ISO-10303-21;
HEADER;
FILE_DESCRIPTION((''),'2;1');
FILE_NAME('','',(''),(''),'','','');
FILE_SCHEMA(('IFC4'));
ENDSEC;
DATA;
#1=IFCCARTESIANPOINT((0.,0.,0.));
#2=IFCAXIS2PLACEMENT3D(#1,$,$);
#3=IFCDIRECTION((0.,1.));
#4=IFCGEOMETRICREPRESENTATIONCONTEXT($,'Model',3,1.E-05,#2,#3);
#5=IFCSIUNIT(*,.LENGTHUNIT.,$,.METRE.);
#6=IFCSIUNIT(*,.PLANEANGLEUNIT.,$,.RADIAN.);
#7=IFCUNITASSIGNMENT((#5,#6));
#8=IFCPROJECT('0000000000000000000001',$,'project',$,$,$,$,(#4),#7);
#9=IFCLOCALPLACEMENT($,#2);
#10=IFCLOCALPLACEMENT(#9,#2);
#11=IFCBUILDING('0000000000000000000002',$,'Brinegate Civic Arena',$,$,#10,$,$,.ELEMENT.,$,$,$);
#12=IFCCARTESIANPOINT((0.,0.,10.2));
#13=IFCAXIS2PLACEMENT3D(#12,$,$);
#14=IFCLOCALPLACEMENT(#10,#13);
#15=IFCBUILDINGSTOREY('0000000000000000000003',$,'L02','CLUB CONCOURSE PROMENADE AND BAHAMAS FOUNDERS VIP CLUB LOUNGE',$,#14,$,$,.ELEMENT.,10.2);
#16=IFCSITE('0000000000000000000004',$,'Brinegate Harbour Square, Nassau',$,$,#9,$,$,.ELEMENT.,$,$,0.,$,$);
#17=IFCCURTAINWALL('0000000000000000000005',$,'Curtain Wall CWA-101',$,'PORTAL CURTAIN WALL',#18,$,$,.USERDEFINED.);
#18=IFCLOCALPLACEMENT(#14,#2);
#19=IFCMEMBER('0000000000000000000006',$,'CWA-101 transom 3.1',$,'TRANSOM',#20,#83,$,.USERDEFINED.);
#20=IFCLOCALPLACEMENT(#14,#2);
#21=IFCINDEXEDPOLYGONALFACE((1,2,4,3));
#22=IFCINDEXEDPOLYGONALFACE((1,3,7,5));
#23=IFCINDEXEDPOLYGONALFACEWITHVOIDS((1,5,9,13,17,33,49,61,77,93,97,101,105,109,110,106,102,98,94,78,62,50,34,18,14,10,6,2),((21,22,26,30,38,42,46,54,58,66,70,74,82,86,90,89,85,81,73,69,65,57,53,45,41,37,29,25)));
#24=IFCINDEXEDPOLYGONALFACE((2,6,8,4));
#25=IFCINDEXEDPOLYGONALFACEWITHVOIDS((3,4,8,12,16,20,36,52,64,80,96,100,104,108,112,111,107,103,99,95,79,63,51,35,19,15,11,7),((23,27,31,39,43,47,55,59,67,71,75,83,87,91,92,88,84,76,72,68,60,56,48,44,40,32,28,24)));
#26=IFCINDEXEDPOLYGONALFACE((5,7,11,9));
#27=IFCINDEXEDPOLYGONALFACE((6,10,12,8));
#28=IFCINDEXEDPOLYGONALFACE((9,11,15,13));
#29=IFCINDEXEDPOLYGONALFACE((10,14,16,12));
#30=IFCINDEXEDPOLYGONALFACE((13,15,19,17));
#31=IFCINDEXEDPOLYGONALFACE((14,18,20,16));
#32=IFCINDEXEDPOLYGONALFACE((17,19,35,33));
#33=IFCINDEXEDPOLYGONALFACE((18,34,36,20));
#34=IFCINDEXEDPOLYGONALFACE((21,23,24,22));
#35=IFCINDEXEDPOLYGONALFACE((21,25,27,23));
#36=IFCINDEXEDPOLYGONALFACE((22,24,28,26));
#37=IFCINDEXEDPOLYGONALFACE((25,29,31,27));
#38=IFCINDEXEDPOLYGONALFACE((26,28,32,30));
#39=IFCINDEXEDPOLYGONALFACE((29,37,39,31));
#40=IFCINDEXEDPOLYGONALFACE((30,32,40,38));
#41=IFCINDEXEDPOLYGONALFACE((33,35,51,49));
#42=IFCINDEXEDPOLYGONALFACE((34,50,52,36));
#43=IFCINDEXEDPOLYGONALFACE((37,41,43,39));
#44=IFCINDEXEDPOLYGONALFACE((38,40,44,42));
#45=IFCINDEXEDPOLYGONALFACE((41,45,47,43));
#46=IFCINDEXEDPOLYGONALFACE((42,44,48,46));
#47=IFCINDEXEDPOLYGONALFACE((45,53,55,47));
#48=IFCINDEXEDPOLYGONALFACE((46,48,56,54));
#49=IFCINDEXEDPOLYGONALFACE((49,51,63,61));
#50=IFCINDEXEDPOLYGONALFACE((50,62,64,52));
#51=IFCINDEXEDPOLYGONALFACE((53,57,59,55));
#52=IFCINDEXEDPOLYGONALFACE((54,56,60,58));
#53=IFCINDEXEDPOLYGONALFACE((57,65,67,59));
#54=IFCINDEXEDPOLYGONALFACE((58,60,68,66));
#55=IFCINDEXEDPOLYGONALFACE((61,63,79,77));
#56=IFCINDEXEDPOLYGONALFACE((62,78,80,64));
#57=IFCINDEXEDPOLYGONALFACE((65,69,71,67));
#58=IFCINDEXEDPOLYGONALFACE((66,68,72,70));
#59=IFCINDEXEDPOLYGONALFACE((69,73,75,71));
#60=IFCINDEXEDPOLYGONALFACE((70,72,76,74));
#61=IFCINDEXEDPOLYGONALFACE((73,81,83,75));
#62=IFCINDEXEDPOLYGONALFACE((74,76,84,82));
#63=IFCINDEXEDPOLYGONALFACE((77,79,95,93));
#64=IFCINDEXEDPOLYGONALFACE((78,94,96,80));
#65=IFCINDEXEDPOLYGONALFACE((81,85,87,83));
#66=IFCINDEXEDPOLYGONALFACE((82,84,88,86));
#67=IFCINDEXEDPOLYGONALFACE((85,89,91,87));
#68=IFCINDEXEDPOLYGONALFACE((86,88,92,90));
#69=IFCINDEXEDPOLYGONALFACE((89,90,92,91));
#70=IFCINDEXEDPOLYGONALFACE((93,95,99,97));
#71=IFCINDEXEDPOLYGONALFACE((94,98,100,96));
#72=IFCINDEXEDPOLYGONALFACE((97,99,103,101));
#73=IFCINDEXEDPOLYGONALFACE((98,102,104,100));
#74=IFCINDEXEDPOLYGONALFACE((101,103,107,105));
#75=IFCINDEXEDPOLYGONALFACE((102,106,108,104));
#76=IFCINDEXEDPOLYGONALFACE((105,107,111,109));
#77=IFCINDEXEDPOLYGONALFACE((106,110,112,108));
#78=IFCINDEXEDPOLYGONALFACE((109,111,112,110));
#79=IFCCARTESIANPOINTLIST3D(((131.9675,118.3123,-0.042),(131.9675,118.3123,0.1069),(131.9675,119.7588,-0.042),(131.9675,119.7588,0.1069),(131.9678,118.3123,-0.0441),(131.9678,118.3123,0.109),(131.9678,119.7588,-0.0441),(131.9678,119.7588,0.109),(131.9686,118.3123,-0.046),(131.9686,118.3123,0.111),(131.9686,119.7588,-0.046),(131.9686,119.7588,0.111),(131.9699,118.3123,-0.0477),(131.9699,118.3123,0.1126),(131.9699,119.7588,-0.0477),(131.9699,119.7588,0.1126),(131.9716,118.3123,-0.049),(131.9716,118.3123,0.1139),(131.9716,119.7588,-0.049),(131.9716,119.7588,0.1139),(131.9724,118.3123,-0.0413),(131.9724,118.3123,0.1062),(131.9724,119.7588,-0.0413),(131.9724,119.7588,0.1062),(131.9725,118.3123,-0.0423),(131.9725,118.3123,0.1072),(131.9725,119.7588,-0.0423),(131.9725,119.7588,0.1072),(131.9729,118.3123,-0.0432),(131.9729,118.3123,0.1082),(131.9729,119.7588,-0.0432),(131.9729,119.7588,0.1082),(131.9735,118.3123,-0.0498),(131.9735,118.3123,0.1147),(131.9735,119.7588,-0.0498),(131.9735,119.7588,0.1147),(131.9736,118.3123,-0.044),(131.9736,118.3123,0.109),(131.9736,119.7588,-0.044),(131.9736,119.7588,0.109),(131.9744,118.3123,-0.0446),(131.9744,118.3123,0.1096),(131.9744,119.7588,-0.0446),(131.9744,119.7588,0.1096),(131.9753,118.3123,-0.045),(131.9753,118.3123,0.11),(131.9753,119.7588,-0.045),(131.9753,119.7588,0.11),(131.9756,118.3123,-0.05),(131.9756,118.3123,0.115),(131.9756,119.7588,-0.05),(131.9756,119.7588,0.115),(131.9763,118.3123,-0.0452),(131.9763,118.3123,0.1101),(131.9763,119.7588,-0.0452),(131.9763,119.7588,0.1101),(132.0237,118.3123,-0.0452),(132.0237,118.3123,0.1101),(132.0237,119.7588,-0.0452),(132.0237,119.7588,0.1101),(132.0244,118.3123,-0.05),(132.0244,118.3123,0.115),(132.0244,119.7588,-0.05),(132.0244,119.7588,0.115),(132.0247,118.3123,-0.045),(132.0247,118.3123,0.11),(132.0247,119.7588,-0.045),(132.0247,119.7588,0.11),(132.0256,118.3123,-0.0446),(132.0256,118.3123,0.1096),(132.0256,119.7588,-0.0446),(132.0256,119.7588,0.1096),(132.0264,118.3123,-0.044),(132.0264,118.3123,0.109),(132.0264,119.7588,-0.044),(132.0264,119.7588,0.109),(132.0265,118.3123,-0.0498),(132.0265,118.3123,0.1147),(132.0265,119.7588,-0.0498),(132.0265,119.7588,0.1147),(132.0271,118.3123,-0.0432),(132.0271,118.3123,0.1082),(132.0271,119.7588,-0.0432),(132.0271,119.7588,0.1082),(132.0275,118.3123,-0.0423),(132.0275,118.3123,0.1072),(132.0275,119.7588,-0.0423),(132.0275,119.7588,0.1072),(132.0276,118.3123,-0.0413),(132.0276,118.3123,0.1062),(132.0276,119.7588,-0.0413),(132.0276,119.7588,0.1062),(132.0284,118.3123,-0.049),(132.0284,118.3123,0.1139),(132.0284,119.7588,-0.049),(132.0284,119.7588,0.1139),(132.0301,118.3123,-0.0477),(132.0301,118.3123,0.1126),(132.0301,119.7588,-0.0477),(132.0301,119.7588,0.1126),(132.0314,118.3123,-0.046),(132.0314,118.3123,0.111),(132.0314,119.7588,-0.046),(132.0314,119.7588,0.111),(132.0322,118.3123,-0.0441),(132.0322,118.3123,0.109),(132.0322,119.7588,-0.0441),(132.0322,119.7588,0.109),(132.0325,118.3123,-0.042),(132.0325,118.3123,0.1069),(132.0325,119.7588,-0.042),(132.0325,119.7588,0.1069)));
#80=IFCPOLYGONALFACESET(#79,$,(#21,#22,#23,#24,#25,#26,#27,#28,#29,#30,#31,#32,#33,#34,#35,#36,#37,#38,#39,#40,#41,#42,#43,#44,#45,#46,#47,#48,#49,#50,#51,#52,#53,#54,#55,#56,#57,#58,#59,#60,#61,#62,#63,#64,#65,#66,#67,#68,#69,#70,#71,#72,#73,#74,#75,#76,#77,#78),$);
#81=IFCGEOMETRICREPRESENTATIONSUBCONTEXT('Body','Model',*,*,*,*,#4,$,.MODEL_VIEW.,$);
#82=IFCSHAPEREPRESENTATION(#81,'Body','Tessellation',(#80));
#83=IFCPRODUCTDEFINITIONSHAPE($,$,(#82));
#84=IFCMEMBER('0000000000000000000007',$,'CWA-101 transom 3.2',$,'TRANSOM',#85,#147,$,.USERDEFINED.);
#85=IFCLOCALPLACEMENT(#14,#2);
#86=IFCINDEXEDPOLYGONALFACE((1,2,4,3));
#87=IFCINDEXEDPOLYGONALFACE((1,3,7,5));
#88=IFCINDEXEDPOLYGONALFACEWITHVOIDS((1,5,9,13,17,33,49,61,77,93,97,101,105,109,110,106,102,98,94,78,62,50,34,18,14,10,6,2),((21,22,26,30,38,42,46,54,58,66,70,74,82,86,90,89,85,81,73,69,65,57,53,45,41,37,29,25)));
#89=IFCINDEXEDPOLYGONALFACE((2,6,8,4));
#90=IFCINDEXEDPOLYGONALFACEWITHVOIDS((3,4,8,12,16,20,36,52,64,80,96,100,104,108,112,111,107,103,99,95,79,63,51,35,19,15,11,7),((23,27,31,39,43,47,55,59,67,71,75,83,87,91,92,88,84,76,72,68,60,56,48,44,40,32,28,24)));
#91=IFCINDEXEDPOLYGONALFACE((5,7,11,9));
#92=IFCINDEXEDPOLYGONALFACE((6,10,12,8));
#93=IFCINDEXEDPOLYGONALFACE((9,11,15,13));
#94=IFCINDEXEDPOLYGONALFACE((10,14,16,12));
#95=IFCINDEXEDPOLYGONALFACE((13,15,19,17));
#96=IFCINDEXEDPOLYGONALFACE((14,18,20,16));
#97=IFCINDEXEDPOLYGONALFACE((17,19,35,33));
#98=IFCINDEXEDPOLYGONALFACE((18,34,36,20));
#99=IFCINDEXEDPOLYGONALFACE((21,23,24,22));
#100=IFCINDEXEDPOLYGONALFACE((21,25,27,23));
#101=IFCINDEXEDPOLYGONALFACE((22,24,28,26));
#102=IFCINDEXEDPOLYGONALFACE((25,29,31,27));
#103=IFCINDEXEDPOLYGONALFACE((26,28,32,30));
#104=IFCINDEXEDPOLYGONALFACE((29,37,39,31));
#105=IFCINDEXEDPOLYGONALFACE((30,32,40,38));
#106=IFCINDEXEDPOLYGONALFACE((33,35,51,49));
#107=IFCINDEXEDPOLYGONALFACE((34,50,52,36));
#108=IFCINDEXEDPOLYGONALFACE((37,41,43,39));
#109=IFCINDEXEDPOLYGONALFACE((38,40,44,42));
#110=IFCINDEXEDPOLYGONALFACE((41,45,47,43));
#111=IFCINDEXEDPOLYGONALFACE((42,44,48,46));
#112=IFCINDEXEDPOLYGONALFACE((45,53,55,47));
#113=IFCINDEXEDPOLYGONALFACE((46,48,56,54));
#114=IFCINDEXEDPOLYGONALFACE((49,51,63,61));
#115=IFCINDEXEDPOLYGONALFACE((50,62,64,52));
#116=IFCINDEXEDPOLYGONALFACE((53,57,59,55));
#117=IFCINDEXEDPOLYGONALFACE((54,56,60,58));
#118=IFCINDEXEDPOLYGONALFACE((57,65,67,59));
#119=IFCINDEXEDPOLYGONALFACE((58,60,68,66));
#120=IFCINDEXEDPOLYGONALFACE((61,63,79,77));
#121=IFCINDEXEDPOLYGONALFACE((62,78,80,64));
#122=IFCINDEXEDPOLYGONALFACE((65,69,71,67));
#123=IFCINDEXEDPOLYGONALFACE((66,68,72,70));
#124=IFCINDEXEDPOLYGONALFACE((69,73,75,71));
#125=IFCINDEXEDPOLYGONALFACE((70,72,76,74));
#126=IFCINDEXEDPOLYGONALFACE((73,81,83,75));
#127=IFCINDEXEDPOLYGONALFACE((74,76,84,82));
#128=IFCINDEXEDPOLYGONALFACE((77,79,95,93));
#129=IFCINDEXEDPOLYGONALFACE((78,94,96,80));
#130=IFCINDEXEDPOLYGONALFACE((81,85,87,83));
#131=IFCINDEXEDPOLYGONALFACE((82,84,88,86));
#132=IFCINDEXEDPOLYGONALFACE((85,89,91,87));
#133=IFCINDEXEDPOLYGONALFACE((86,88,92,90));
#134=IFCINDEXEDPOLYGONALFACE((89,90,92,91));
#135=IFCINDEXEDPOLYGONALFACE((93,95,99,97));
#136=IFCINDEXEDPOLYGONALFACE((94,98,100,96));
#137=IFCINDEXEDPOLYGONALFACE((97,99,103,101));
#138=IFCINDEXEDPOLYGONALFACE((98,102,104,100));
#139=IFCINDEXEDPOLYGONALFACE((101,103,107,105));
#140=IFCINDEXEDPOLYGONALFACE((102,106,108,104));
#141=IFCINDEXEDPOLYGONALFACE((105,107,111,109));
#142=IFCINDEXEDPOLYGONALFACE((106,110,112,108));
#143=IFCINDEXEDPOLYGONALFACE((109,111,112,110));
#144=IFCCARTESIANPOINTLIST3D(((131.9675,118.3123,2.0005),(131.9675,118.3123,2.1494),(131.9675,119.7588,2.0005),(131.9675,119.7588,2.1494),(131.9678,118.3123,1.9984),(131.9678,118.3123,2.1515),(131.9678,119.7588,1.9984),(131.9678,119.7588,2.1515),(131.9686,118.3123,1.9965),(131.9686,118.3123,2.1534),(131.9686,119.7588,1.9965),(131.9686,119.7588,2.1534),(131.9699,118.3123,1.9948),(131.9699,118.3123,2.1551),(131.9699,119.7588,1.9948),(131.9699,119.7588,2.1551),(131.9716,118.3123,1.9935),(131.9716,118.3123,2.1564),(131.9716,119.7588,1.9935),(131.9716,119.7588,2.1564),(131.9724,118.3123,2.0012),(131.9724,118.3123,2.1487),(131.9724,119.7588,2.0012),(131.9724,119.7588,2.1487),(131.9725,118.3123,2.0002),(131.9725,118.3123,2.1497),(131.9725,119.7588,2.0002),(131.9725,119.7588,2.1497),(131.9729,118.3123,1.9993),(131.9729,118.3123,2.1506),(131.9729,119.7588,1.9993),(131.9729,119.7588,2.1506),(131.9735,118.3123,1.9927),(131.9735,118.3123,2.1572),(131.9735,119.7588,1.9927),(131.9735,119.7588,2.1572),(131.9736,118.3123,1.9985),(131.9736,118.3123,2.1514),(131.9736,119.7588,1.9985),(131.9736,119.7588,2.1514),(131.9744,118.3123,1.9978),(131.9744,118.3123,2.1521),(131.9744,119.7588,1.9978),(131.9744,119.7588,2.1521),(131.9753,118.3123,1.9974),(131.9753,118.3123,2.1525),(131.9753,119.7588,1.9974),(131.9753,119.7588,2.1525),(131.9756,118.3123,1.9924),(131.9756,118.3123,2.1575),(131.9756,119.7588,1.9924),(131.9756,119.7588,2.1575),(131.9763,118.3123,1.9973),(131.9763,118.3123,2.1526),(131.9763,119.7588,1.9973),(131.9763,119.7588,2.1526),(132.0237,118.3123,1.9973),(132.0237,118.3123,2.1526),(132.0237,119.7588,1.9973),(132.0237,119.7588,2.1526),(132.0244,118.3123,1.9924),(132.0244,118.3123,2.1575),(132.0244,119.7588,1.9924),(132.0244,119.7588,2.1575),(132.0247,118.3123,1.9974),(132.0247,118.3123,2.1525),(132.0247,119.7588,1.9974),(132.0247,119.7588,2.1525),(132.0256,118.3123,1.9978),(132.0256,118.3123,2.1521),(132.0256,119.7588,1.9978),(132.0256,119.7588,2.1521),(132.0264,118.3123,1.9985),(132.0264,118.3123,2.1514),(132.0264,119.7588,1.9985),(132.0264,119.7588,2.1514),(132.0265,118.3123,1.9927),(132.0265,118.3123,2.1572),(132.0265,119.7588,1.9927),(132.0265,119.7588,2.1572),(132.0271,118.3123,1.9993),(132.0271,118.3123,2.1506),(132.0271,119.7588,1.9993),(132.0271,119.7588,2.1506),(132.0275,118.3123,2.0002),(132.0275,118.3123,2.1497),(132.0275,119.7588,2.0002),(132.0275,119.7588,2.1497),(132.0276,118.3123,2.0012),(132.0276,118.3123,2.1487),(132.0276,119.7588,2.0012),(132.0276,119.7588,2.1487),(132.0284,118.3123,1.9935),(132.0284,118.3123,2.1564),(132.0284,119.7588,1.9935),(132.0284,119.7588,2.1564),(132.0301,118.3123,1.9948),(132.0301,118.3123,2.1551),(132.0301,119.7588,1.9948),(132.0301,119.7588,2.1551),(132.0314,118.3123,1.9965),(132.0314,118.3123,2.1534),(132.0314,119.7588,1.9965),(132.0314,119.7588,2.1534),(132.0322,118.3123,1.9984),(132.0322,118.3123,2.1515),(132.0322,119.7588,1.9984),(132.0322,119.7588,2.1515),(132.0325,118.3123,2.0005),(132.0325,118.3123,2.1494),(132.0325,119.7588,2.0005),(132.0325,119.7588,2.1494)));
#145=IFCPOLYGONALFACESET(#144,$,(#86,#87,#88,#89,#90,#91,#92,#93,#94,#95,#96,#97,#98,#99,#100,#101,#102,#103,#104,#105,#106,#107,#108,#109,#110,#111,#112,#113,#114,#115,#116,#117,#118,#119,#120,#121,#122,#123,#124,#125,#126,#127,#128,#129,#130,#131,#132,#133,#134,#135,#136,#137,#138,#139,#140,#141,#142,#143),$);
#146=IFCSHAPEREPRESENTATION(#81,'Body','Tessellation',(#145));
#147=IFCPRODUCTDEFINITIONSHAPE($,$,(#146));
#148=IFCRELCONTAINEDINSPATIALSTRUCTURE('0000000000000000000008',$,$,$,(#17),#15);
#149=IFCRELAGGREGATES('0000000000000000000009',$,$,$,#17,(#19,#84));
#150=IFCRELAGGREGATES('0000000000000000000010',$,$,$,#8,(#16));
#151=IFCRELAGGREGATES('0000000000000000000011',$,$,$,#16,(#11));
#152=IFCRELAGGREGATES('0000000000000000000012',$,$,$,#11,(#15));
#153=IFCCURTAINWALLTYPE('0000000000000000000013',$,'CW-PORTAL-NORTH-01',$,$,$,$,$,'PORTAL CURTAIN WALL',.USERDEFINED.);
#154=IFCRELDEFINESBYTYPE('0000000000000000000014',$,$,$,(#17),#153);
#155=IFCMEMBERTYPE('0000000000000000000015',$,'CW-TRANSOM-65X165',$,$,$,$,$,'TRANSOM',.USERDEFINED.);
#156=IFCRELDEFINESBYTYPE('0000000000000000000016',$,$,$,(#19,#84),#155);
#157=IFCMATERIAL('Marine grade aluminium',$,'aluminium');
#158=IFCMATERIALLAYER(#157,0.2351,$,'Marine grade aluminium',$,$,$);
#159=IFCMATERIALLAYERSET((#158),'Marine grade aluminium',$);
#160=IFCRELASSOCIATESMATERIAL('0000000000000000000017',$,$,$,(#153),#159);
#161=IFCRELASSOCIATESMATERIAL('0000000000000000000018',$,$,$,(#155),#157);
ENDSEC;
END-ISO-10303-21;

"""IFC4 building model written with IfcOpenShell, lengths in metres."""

from ifc_helpers import new_model, si_unit, direction, frame, origin, origin_2d, place, context, subcontext, project, spatial, hollow_rectangle, extrude, material, layer, layer_set, material_profile, profile_set, type_object, element, aggregate, save


model = new_model("IFC4")

# Units and contexts
model_context = context("Model", 3, precision=1e-05, world=origin(), true_north=direction((0.0, 1.0)))
body_context = subcontext(model_context, "Body", "Model", "MODEL_VIEW")
ifc_project = project(units=[si_unit("LENGTHUNIT", "METRE"), si_unit("PLANEANGLEUNIT", "RADIAN")], contexts=[model_context])

# Site, building, storey
site_placement = place(None, origin())
site = spatial("IfcSite", under=ifc_project, at=site_placement, Name="Brinegate Harbour Square, Nassau", CompositionType="ELEMENT", RefElevation=0.0)
building_placement = place(site_placement, origin())
building = spatial("IfcBuilding", under=site, at=building_placement, Name="Brinegate Civic Arena", CompositionType="ELEMENT")
storey_placement = place(building_placement, frame((0.0, 0.0, 10.2)))
storey = spatial("IfcBuildingStorey", under=building, at=storey_placement, Name="L02", Description="CLUB CONCOURSE PROMENADE AND BAHAMAS FOUNDERS VIP CLUB LOUNGE", CompositionType="ELEMENT", Elevation=10.2)

# Curtain wall, members
ifc_material_1 = material(Name="Marine grade aluminium", Category="aluminium")
ifc_layer_1 = layer(ifc_material_1, 0.2351, Name="Marine grade aluminium")
ifc_layer_set_1 = layer_set([ifc_layer_1], Name="Marine grade aluminium")
curtain_wall_type = type_object("IfcCurtainWallType", Name="CW-PORTAL-NORTH-01", ElementType="PORTAL CURTAIN WALL", PredefinedType="USERDEFINED", material=ifc_layer_set_1)
curtain_wall_placement = place(storey_placement, origin())
curtain_wall = element("IfcCurtainWall", 1, at=curtain_wall_placement, inside=storey, type_object=curtain_wall_type, Name="Curtain Wall CWA-101", ObjectType="PORTAL CURTAIN WALL", PredefinedType="USERDEFINED")
ifc_material_profile_1 = material_profile(ifc_material_1, hollow_rectangle(XDim=0.0649, YDim=0.165, WallThickness=0.0049, InnerFilletRadius=0.0039, OuterFilletRadius=0.0081, at=origin_2d()), Name="TRN65X165")
ifc_profile_set_1 = profile_set([ifc_material_profile_1], Name="Marine grade aluminium")
member_type_1 = type_object("IfcMemberType", Name="CW-TRANSOM-65X165", ElementType="TRANSOM", PredefinedType="USERDEFINED", material=ifc_profile_set_1)
member_1_placement = place(storey_placement, frame((132.0, 118.3123, 0.0325), z_axis=(0.0, 1.0, 0.0), x_axis=(-1.0, 0.0, 0.0)))
member_1 = element("IfcMember", 2, at=member_1_placement, type_object=member_type_1, Name="CWA-101 transom 3.1", ObjectType="TRANSOM", PredefinedType="USERDEFINED", context=body_context, shape_type="SweptSolid", body=[
    extrude(hollow_rectangle(XDim=0.0649, YDim=0.165, WallThickness=0.0049, InnerFilletRadius=0.0039, OuterFilletRadius=0.0081, at=origin_2d()), origin(), (0.0, 0.0, 1.0), 1.4465),
])
member_2_placement = place(storey_placement, frame((132.0, 118.3123, 2.075), z_axis=(0.0, 1.0, 0.0), x_axis=(-1.0, 0.0, 0.0)))
member_2 = element("IfcMember", 3, at=member_2_placement, type_object=member_type_1, Name="CWA-101 transom 3.2", ObjectType="TRANSOM", PredefinedType="USERDEFINED", context=body_context, shape_type="SweptSolid", body=[
    extrude(hollow_rectangle(XDim=0.0649, YDim=0.165, WallThickness=0.0049, InnerFilletRadius=0.0039, OuterFilletRadius=0.0081, at=origin_2d()), origin(), (0.0, 0.0, 1.0), 1.4465),
])

aggregate(curtain_wall, [member_1, member_2])

save(model, "model.ifc")
